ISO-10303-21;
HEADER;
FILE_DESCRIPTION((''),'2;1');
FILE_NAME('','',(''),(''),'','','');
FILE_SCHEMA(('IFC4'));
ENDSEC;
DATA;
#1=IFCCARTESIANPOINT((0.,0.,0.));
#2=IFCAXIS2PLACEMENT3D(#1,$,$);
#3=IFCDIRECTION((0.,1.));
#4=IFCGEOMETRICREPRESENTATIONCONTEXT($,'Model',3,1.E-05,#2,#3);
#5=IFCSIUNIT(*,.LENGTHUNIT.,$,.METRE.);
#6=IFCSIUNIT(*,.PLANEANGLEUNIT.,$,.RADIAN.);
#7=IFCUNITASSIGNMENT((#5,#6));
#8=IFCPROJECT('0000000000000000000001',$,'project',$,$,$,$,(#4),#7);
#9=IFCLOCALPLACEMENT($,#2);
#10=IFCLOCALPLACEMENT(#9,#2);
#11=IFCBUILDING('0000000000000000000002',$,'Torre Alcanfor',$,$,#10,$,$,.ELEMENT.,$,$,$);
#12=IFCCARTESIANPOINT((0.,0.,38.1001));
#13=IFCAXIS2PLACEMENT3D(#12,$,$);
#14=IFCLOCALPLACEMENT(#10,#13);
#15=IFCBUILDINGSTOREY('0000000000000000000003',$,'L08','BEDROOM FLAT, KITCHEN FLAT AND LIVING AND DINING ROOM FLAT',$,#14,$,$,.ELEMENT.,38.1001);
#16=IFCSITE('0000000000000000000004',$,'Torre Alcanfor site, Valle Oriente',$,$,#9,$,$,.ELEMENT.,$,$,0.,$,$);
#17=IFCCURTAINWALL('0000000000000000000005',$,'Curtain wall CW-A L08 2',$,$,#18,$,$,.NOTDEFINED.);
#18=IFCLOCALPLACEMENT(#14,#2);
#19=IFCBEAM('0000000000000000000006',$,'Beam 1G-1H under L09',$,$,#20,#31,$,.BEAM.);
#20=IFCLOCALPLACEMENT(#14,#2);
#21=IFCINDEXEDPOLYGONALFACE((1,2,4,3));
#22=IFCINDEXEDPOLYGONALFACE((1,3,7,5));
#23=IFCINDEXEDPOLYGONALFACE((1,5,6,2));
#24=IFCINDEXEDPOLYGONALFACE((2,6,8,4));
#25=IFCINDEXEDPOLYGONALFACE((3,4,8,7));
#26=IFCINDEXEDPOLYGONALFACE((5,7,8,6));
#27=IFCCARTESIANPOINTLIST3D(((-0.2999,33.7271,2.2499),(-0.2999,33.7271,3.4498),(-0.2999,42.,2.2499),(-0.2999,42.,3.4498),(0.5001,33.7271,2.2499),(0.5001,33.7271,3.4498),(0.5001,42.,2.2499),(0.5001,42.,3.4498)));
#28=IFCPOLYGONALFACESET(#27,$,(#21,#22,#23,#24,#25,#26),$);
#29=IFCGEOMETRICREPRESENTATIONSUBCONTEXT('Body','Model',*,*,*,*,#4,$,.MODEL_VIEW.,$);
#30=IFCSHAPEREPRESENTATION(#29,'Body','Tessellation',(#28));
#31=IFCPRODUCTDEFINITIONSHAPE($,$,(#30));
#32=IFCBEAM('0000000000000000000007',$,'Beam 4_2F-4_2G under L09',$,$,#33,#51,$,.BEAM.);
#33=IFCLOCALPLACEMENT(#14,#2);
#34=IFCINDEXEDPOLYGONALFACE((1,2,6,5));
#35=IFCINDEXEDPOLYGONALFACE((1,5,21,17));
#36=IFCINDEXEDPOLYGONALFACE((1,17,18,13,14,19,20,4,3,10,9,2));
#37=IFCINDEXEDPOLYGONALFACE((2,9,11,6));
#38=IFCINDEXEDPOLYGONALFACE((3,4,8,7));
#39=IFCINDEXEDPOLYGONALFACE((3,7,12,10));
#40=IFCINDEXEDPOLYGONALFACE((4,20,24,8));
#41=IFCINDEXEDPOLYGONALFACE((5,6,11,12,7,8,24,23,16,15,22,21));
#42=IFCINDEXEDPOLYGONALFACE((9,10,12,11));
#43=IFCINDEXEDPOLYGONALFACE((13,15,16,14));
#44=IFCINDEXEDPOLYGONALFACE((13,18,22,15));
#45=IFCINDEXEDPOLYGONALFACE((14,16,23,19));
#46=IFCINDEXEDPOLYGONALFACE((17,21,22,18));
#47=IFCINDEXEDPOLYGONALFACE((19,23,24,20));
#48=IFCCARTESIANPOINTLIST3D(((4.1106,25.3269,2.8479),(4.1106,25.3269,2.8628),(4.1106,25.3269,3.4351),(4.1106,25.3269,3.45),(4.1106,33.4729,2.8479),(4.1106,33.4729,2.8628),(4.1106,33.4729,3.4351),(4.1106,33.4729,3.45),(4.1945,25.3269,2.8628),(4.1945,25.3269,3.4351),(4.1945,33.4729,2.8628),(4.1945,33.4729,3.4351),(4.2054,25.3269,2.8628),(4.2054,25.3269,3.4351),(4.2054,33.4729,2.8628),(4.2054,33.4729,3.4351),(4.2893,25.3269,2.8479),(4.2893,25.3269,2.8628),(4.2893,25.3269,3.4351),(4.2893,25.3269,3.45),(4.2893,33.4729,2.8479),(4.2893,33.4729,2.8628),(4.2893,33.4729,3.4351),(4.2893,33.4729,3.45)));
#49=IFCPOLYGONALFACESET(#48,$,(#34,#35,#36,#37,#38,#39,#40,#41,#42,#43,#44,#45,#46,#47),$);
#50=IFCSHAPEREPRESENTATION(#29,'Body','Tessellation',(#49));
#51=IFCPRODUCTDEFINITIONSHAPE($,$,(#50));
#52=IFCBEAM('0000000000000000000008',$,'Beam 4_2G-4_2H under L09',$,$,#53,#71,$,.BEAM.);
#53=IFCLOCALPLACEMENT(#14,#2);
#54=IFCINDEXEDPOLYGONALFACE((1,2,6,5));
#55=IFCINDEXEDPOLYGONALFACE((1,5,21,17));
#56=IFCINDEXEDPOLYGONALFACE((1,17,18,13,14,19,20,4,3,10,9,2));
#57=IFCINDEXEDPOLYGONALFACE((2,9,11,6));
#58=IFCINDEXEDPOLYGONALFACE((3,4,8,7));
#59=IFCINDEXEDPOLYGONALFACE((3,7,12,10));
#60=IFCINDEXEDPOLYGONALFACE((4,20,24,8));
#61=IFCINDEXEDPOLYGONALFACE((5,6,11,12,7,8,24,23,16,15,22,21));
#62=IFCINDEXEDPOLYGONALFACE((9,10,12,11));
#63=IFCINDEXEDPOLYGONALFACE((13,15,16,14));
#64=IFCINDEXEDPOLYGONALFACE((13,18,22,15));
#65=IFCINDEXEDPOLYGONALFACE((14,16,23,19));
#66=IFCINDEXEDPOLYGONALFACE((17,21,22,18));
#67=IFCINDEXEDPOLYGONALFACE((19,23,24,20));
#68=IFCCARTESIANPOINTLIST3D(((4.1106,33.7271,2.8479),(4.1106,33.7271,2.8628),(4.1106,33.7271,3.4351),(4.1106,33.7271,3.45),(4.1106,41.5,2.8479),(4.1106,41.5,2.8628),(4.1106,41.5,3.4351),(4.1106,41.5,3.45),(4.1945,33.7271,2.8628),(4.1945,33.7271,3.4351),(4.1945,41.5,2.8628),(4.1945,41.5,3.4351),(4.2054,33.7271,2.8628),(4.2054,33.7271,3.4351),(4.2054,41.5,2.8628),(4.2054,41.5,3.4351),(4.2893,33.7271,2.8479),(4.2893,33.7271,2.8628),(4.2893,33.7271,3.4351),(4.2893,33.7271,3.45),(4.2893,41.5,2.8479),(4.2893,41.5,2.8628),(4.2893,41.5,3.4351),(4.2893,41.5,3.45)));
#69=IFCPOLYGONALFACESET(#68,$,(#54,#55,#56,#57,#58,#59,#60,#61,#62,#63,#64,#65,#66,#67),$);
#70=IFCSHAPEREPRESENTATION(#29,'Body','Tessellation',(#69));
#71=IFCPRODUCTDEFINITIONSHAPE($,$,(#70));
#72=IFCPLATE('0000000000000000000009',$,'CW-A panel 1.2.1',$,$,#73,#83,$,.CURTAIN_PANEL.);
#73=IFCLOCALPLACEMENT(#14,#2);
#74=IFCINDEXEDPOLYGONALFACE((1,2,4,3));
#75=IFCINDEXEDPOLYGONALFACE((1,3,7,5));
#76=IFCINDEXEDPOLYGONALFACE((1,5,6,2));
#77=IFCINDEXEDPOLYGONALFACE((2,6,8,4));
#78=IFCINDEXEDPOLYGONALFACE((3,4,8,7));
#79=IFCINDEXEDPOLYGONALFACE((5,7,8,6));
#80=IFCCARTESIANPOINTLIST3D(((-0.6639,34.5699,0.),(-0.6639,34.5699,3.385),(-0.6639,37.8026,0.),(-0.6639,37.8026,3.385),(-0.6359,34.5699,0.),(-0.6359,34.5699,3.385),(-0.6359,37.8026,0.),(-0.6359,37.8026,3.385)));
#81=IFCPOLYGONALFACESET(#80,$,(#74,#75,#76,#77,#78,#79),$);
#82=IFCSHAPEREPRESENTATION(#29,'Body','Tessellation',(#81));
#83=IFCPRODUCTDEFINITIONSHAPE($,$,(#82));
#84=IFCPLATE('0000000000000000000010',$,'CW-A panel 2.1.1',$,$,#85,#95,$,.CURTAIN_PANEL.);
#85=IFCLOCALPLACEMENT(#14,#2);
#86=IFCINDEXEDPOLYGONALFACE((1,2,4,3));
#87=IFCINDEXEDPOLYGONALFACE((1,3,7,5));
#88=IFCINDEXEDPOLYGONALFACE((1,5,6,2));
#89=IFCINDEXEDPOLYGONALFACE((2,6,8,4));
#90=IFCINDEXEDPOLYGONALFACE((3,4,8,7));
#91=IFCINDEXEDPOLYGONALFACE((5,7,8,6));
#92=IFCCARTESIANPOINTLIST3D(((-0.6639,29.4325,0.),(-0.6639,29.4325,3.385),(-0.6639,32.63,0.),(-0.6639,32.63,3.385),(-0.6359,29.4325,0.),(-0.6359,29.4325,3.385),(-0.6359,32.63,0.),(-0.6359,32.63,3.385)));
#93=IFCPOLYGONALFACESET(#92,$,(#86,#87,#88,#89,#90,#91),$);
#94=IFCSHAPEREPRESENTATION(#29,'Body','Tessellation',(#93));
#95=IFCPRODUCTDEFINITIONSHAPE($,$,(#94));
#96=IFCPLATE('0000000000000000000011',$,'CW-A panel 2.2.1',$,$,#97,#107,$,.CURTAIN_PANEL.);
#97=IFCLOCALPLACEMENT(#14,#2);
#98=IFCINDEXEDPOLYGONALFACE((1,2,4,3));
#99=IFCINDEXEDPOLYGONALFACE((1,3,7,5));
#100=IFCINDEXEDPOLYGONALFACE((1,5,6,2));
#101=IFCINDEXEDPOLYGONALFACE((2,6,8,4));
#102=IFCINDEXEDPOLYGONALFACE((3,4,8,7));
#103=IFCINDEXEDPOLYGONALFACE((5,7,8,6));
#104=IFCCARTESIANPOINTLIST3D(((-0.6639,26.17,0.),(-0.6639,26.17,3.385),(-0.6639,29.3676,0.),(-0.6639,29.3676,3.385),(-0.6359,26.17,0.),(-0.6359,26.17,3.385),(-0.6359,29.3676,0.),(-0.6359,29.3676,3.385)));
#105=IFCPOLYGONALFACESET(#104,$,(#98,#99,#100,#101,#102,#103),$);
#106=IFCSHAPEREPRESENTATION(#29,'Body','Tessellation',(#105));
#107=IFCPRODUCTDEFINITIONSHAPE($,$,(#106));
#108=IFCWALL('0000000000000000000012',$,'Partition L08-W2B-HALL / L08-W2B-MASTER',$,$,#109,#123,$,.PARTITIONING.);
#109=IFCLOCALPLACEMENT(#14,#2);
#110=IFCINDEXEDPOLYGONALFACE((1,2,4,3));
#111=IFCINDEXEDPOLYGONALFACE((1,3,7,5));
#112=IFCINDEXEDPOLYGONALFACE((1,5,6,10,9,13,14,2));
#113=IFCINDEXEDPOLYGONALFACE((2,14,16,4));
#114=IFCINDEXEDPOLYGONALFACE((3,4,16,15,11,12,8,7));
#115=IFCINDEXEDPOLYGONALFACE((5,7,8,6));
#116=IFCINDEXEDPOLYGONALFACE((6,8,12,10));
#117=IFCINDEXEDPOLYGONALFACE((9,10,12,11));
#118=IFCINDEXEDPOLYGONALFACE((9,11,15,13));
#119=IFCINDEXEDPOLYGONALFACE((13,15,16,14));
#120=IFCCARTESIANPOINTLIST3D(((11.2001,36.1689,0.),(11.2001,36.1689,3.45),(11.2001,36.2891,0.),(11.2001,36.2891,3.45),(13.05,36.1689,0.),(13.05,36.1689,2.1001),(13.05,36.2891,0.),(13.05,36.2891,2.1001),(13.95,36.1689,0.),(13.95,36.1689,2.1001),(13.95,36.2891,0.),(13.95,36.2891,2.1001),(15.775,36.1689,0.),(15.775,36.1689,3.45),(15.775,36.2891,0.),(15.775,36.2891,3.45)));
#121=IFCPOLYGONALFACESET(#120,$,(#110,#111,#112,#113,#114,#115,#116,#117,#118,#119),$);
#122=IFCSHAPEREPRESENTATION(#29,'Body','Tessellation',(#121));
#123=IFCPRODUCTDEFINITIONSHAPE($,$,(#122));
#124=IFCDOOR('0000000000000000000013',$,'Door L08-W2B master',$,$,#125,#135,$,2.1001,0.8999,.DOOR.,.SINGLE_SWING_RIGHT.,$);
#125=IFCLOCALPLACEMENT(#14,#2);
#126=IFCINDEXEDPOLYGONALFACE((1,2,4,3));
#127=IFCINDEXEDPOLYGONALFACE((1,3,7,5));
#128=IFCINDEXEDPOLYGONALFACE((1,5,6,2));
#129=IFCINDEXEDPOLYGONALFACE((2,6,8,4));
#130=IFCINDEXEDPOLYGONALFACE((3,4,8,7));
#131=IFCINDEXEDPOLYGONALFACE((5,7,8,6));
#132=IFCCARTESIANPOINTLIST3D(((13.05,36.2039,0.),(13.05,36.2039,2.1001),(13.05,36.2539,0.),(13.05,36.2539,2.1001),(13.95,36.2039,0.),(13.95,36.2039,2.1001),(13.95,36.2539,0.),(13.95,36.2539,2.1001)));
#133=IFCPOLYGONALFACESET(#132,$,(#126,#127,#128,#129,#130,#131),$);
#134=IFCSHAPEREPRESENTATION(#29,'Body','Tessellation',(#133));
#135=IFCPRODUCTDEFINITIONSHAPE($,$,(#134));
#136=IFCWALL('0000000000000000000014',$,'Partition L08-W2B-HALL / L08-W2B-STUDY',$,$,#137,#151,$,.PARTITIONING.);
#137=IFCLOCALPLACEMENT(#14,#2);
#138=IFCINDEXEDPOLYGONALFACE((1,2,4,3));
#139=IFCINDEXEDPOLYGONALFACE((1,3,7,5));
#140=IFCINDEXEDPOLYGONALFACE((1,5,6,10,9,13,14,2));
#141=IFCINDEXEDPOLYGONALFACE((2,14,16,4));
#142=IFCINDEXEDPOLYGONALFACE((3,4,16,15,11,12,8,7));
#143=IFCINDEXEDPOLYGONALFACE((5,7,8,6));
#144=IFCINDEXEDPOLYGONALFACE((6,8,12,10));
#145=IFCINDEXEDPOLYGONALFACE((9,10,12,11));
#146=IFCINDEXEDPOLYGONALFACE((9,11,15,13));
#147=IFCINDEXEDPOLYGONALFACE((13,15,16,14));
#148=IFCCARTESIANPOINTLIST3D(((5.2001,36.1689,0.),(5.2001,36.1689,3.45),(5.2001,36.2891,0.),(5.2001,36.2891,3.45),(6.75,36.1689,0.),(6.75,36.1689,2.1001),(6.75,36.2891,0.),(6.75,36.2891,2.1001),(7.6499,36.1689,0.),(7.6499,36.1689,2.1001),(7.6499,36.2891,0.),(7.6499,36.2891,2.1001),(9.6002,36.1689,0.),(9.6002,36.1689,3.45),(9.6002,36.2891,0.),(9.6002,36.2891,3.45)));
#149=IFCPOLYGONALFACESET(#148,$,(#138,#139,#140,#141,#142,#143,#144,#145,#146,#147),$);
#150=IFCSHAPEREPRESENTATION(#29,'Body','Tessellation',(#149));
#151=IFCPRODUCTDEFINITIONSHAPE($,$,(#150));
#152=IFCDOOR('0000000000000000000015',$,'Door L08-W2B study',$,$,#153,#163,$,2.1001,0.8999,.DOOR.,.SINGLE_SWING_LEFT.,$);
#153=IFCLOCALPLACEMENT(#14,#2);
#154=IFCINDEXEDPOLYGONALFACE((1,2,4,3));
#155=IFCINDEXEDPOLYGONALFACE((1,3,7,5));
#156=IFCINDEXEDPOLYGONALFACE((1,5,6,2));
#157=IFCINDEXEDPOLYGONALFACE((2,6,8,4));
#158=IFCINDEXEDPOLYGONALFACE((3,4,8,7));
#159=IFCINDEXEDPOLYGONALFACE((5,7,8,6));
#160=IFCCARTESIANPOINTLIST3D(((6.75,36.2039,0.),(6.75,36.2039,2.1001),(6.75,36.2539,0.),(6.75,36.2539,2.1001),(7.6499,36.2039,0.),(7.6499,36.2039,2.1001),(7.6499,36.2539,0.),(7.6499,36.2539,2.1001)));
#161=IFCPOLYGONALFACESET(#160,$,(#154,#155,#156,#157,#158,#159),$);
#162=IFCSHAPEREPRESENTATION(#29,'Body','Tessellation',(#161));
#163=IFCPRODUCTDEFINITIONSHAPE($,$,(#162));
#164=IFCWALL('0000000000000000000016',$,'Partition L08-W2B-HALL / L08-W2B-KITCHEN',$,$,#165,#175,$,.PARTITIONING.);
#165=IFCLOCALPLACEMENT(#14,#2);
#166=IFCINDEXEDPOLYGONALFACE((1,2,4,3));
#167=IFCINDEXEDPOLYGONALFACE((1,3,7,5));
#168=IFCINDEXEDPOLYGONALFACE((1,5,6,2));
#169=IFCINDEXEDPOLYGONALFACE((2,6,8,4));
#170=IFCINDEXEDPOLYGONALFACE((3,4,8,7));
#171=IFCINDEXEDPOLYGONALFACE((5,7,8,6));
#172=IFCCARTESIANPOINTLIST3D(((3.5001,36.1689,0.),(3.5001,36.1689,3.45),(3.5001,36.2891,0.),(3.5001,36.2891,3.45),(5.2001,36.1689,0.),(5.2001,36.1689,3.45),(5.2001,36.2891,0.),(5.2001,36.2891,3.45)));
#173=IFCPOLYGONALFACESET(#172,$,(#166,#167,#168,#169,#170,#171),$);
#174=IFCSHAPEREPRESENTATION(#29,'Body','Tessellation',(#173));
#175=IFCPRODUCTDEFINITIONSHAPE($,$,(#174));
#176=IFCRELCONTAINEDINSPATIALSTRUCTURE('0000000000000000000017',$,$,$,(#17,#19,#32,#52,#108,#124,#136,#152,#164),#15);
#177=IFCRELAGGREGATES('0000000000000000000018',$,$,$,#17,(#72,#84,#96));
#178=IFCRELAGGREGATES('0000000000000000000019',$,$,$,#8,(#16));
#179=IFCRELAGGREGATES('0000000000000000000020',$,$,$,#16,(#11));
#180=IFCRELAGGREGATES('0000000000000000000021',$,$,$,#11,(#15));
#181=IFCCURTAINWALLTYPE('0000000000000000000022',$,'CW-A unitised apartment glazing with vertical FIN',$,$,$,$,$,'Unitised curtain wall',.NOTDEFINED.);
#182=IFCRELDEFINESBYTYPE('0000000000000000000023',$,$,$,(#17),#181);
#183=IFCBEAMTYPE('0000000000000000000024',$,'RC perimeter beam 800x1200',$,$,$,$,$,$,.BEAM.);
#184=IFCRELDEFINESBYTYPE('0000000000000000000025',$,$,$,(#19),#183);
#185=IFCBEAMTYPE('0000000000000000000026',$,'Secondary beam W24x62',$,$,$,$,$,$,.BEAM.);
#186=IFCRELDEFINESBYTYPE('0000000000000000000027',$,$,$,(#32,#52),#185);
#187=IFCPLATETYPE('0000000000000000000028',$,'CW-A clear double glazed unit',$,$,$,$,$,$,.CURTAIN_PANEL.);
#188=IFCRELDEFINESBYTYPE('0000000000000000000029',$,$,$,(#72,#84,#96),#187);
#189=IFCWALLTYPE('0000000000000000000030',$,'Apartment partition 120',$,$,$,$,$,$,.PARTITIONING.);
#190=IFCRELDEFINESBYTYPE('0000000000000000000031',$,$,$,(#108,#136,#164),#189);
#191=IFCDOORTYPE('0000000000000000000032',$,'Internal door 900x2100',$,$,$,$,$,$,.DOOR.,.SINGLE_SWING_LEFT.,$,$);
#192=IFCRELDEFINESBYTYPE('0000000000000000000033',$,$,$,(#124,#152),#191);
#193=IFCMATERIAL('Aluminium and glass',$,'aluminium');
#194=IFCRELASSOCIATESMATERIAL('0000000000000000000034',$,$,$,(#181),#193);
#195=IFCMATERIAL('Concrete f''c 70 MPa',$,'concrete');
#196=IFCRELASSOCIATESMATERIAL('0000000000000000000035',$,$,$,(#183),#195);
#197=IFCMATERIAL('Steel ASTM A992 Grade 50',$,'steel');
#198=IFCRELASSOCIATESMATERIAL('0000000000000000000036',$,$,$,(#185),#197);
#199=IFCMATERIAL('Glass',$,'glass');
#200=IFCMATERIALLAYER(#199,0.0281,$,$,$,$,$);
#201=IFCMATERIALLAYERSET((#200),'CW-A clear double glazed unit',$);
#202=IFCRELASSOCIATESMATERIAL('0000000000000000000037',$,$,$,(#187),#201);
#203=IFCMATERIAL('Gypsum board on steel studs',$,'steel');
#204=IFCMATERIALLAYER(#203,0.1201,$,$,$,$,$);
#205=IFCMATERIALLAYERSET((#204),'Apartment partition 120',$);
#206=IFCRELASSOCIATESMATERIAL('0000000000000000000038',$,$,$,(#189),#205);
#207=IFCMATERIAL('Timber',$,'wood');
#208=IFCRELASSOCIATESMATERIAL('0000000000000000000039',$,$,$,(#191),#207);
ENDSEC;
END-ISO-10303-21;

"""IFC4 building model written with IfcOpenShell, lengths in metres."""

from ifc_helpers import new_model, si_unit, direction, frame, frame_2d, origin, origin_2d, place, context, subcontext, project, spatial, rectangle, i_section, extrude, material, layer, layer_set, material_profile, profile_set, type_object, element, fill, aggregate, save


model = new_model("IFC4")

# Units and contexts
model_context = context("Model", 3, precision=1e-05, world=origin(), true_north=direction((0.0, 1.0)))
body_context = subcontext(model_context, "Body", "Model", "MODEL_VIEW")
ifc_project = project(units=[si_unit("LENGTHUNIT", "METRE"), si_unit("PLANEANGLEUNIT", "RADIAN")], contexts=[model_context])

# Site, building, storey
site_placement = place(None, origin())
site = spatial("IfcSite", under=ifc_project, at=site_placement, Name="Torre Alcanfor site, Valle Oriente", CompositionType="ELEMENT", RefElevation=0.0)
building_placement = place(site_placement, origin())
building = spatial("IfcBuilding", under=site, at=building_placement, Name="Torre Alcanfor", CompositionType="ELEMENT")
storey_placement = place(building_placement, frame((0.0, 0.0, 38.1001)))
storey = spatial("IfcBuildingStorey", under=building, at=storey_placement, Name="L08", Description="BEDROOM FLAT, KITCHEN FLAT AND LIVING AND DINING ROOM FLAT", CompositionType="ELEMENT", Elevation=38.1001)

# Curtain wall
ifc_material_1 = material(Name="Aluminium and glass", Category="aluminium")
curtain_wall_type = type_object("IfcCurtainWallType", Name="CW-A unitised apartment glazing with vertical FIN", ElementType="Unitised curtain wall", PredefinedType="NOTDEFINED", material=ifc_material_1)
curtain_wall_placement = place(storey_placement, origin())
curtain_wall = element("IfcCurtainWall", 1, at=curtain_wall_placement, inside=storey, type_object=curtain_wall_type, Name="Curtain wall CW-A L08 2", PredefinedType="NOTDEFINED")

# Beams
ifc_material_2 = material(Name="Concrete f'c 70 MPa", Category="concrete")
ifc_material_profile_1 = material_profile(ifc_material_2, rectangle(XDim=0.8, YDim=1.2, at=origin_2d()), Name="800x1200")
ifc_profile_set_1 = profile_set([ifc_material_profile_1], Name="Concrete f'c 70 MPa")
beam_type_1 = type_object("IfcBeamType", Name="RC perimeter beam 800x1200", PredefinedType="BEAM", material=ifc_profile_set_1)
beam_1_placement = place(storey_placement, frame((0.1001, 33.7271, 2.8499), z_axis=(0.0, 1.0, 0.0), x_axis=(-1.0, 0.0, 0.0)))
element("IfcBeam", 2, at=beam_1_placement, inside=storey, type_object=beam_type_1, Name="Beam 1G-1H under L09", PredefinedType="BEAM", context=body_context, shape_type="SweptSolid", body=[
    extrude(rectangle(XDim=0.8, YDim=1.2, at=origin_2d()), origin(), (0.0, 0.0, 1.0), 8.2729),
])
ifc_material_3 = material(Name="Steel ASTM A992 Grade 50", Category="steel")
ifc_material_profile_2 = material_profile(ifc_material_3, i_section(OverallWidth=0.1787, OverallDepth=0.6021, WebThickness=0.011, FlangeThickness=0.0149, at=origin_2d()), Name="W24x62")
ifc_profile_set_2 = profile_set([ifc_material_profile_2], Name="Steel ASTM A992 Grade 50")
beam_type_2 = type_object("IfcBeamType", Name="Secondary beam W24x62", PredefinedType="BEAM", material=ifc_profile_set_2)
beam_2_placement = place(storey_placement, frame((4.2, 25.3269, 3.1489), z_axis=(0.0, 1.0, 0.0), x_axis=(-1.0, 0.0, 0.0)))
element("IfcBeam", 3, at=beam_2_placement, inside=storey, type_object=beam_type_2, Name="Beam 4_2F-4_2G under L09", PredefinedType="BEAM", context=body_context, shape_type="SweptSolid", body=[
    extrude(i_section(OverallWidth=0.1787, OverallDepth=0.6021, WebThickness=0.011, FlangeThickness=0.0149, at=origin_2d()), origin(), (0.0, 0.0, 1.0), 8.146),
])
beam_3_placement = place(storey_placement, frame((4.2, 33.7271, 3.1489), z_axis=(0.0, 1.0, 0.0), x_axis=(-1.0, 0.0, 0.0)))
element("IfcBeam", 4, at=beam_3_placement, inside=storey, type_object=beam_type_2, Name="Beam 4_2G-4_2H under L09", PredefinedType="BEAM", context=body_context, shape_type="SweptSolid", body=[
    extrude(i_section(OverallWidth=0.1787, OverallDepth=0.6021, WebThickness=0.011, FlangeThickness=0.0149, at=origin_2d()), origin(), (0.0, 0.0, 1.0), 7.7729),
])

# Plates
ifc_material_4 = material(Name="Glass", Category="glass")
ifc_layer_1 = layer(ifc_material_4, 0.0281)
ifc_layer_set_1 = layer_set([ifc_layer_1], Name="CW-A clear double glazed unit")
plate_type = type_object("IfcPlateType", Name="CW-A clear double glazed unit", PredefinedType="CURTAIN_PANEL", material=ifc_layer_set_1)
plate_1_placement = place(storey_placement, frame((-0.6499, 36.1863, 0.0), z_axis=(0.0, 0.0, 1.0), x_axis=(0.0, -1.0, 0.0)))
plate_1 = element("IfcPlate", 5, at=plate_1_placement, type_object=plate_type, Name="CW-A panel 1.2.1", PredefinedType="CURTAIN_PANEL", context=body_context, shape_type="SweptSolid", body=[
    extrude(rectangle(XDim=3.2327, YDim=0.0281, at=origin_2d()), origin(), (0.0, 0.0, 1.0), 3.385),
])
plate_2_placement = place(storey_placement, frame((-0.6499, 31.0312, 0.0), z_axis=(0.0, 0.0, 1.0), x_axis=(0.0, -1.0, 0.0)))
plate_2 = element("IfcPlate", 6, at=plate_2_placement, type_object=plate_type, Name="CW-A panel 2.1.1", PredefinedType="CURTAIN_PANEL", context=body_context, shape_type="SweptSolid", body=[
    extrude(rectangle(XDim=3.1975, YDim=0.0281, at=origin_2d()), origin(), (0.0, 0.0, 1.0), 3.385),
])
plate_3_placement = place(storey_placement, frame((-0.6499, 27.7688, 0.0), z_axis=(0.0, 0.0, 1.0), x_axis=(0.0, -1.0, 0.0)))
plate_3 = element("IfcPlate", 7, at=plate_3_placement, type_object=plate_type, Name="CW-A panel 2.2.1", PredefinedType="CURTAIN_PANEL", context=body_context, shape_type="SweptSolid", body=[
    extrude(rectangle(XDim=3.1975, YDim=0.0281, at=origin_2d()), origin(), (0.0, 0.0, 1.0), 3.385),
])
aggregate(curtain_wall, [plate_1, plate_2, plate_3])

# Walls, openings, doors
ifc_material_5 = material(Name="Gypsum board on steel studs", Category="steel")
ifc_layer_2 = layer(ifc_material_5, 0.1201)
ifc_layer_set_2 = layer_set([ifc_layer_2], Name="Apartment partition 120")
wall_type_1 = type_object("IfcWallType", Name="Apartment partition 120", PredefinedType="PARTITIONING", material=ifc_layer_set_2)
wall_1_placement = place(storey_placement, frame((11.2, 36.229, 0.0), z_axis=(0.0, 0.0, 1.0), x_axis=(1.0, 0.0, 0.0)))
wall_1 = element("IfcWall", 8, at=wall_1_placement, inside=storey, type_object=wall_type_1, Name="Partition L08-W2B-HALL / L08-W2B-MASTER", PredefinedType="PARTITIONING", context=body_context, shape_type="SweptSolid", body=[
    extrude(rectangle(XDim=4.575, YDim=0.1201, at=frame_2d((2.2876, 0.0))), origin(), (0.0, 0.0, 1.0), 3.45),
])
opening_1_placement = place(wall_1_placement, frame((1.8501, 0.0, 0.0)))
opening_1 = element("IfcOpeningElement", 9, at=opening_1_placement, cuts=wall_1, PredefinedType="OPENING", context=body_context, shape_type="SweptSolid", body=[
    extrude(rectangle(XDim=0.8999, YDim=2.1001, at=frame_2d((0.45, 1.05))), frame((0.0, 0.0701, 0.0), z_axis=(0.0, -1.0, 0.0), x_axis=(1.0, 0.0, 0.0)), (0.0, 0.0, 1.0), 0.1401),
])
ifc_material_6 = material(Name="Timber", Category="wood")
door_type_1 = type_object("IfcDoorType", Name="Internal door 900x2100", OperationType="SINGLE_SWING_LEFT", PredefinedType="DOOR", material=ifc_material_6)
door_1_placement = place(opening_1_placement, origin())
door_1 = element("IfcDoor", 10, at=door_1_placement, inside=storey, type_object=door_type_1, Name="Door L08-W2B master", OperationType="SINGLE_SWING_RIGHT", OverallHeight=2.1001, OverallWidth=0.8999, PredefinedType="DOOR", context=body_context, shape_type="SweptSolid", body=[
    extrude(rectangle(XDim=0.8999, YDim=2.1001, at=frame_2d((0.45, 1.05))), frame((0.0, 0.0249, 0.0), z_axis=(0.0, -1.0, 0.0), x_axis=(1.0, 0.0, 0.0)), (0.0, 0.0, 1.0), 0.05),
])
fill(opening_1, door_1)
wall_2_placement = place(storey_placement, frame((5.2, 36.229, 0.0), z_axis=(0.0, 0.0, 1.0), x_axis=(1.0, 0.0, 0.0)))
wall_2 = element("IfcWall", 11, at=wall_2_placement, inside=storey, type_object=wall_type_1, Name="Partition L08-W2B-HALL / L08-W2B-STUDY", PredefinedType="PARTITIONING", context=body_context, shape_type="SweptSolid", body=[
    extrude(rectangle(XDim=4.4001, YDim=0.1201, at=frame_2d((2.2002, 0.0))), origin(), (0.0, 0.0, 1.0), 3.45),
])
opening_2_placement = place(wall_2_placement, frame((1.55, 0.0, 0.0)))
opening_2 = element("IfcOpeningElement", 12, at=opening_2_placement, cuts=wall_2, PredefinedType="OPENING", context=body_context, shape_type="SweptSolid", body=[
    extrude(rectangle(XDim=0.8999, YDim=2.1001, at=frame_2d((0.45, 1.05))), frame((0.0, 0.0701, 0.0), z_axis=(0.0, -1.0, 0.0), x_axis=(1.0, 0.0, 0.0)), (0.0, 0.0, 1.0), 0.1401),
])
door_2_placement = place(opening_2_placement, origin())
door_2 = element("IfcDoor", 13, at=door_2_placement, inside=storey, type_object=door_type_1, Name="Door L08-W2B study", OperationType="SINGLE_SWING_LEFT", OverallHeight=2.1001, OverallWidth=0.8999, PredefinedType="DOOR", context=body_context, shape_type="SweptSolid", body=[
    extrude(rectangle(XDim=0.8999, YDim=2.1001, at=frame_2d((0.45, 1.05))), frame((0.0, 0.0249, 0.0), z_axis=(0.0, -1.0, 0.0), x_axis=(1.0, 0.0, 0.0)), (0.0, 0.0, 1.0), 0.05),
])
fill(opening_2, door_2)

# Wall
wall_3_placement = place(storey_placement, frame((3.5, 36.229, 0.0), z_axis=(0.0, 0.0, 1.0), x_axis=(1.0, 0.0, 0.0)))
element("IfcWall", 14, at=wall_3_placement, inside=storey, type_object=wall_type_1, Name="Partition L08-W2B-HALL / L08-W2B-KITCHEN", PredefinedType="PARTITIONING", context=body_context, shape_type="SweptSolid", body=[
    extrude(rectangle(XDim=1.7, YDim=0.1201, at=frame_2d((0.8501, 0.0))), origin(), (0.0, 0.0, 1.0), 3.45),
])

save(model, "model.ifc")
